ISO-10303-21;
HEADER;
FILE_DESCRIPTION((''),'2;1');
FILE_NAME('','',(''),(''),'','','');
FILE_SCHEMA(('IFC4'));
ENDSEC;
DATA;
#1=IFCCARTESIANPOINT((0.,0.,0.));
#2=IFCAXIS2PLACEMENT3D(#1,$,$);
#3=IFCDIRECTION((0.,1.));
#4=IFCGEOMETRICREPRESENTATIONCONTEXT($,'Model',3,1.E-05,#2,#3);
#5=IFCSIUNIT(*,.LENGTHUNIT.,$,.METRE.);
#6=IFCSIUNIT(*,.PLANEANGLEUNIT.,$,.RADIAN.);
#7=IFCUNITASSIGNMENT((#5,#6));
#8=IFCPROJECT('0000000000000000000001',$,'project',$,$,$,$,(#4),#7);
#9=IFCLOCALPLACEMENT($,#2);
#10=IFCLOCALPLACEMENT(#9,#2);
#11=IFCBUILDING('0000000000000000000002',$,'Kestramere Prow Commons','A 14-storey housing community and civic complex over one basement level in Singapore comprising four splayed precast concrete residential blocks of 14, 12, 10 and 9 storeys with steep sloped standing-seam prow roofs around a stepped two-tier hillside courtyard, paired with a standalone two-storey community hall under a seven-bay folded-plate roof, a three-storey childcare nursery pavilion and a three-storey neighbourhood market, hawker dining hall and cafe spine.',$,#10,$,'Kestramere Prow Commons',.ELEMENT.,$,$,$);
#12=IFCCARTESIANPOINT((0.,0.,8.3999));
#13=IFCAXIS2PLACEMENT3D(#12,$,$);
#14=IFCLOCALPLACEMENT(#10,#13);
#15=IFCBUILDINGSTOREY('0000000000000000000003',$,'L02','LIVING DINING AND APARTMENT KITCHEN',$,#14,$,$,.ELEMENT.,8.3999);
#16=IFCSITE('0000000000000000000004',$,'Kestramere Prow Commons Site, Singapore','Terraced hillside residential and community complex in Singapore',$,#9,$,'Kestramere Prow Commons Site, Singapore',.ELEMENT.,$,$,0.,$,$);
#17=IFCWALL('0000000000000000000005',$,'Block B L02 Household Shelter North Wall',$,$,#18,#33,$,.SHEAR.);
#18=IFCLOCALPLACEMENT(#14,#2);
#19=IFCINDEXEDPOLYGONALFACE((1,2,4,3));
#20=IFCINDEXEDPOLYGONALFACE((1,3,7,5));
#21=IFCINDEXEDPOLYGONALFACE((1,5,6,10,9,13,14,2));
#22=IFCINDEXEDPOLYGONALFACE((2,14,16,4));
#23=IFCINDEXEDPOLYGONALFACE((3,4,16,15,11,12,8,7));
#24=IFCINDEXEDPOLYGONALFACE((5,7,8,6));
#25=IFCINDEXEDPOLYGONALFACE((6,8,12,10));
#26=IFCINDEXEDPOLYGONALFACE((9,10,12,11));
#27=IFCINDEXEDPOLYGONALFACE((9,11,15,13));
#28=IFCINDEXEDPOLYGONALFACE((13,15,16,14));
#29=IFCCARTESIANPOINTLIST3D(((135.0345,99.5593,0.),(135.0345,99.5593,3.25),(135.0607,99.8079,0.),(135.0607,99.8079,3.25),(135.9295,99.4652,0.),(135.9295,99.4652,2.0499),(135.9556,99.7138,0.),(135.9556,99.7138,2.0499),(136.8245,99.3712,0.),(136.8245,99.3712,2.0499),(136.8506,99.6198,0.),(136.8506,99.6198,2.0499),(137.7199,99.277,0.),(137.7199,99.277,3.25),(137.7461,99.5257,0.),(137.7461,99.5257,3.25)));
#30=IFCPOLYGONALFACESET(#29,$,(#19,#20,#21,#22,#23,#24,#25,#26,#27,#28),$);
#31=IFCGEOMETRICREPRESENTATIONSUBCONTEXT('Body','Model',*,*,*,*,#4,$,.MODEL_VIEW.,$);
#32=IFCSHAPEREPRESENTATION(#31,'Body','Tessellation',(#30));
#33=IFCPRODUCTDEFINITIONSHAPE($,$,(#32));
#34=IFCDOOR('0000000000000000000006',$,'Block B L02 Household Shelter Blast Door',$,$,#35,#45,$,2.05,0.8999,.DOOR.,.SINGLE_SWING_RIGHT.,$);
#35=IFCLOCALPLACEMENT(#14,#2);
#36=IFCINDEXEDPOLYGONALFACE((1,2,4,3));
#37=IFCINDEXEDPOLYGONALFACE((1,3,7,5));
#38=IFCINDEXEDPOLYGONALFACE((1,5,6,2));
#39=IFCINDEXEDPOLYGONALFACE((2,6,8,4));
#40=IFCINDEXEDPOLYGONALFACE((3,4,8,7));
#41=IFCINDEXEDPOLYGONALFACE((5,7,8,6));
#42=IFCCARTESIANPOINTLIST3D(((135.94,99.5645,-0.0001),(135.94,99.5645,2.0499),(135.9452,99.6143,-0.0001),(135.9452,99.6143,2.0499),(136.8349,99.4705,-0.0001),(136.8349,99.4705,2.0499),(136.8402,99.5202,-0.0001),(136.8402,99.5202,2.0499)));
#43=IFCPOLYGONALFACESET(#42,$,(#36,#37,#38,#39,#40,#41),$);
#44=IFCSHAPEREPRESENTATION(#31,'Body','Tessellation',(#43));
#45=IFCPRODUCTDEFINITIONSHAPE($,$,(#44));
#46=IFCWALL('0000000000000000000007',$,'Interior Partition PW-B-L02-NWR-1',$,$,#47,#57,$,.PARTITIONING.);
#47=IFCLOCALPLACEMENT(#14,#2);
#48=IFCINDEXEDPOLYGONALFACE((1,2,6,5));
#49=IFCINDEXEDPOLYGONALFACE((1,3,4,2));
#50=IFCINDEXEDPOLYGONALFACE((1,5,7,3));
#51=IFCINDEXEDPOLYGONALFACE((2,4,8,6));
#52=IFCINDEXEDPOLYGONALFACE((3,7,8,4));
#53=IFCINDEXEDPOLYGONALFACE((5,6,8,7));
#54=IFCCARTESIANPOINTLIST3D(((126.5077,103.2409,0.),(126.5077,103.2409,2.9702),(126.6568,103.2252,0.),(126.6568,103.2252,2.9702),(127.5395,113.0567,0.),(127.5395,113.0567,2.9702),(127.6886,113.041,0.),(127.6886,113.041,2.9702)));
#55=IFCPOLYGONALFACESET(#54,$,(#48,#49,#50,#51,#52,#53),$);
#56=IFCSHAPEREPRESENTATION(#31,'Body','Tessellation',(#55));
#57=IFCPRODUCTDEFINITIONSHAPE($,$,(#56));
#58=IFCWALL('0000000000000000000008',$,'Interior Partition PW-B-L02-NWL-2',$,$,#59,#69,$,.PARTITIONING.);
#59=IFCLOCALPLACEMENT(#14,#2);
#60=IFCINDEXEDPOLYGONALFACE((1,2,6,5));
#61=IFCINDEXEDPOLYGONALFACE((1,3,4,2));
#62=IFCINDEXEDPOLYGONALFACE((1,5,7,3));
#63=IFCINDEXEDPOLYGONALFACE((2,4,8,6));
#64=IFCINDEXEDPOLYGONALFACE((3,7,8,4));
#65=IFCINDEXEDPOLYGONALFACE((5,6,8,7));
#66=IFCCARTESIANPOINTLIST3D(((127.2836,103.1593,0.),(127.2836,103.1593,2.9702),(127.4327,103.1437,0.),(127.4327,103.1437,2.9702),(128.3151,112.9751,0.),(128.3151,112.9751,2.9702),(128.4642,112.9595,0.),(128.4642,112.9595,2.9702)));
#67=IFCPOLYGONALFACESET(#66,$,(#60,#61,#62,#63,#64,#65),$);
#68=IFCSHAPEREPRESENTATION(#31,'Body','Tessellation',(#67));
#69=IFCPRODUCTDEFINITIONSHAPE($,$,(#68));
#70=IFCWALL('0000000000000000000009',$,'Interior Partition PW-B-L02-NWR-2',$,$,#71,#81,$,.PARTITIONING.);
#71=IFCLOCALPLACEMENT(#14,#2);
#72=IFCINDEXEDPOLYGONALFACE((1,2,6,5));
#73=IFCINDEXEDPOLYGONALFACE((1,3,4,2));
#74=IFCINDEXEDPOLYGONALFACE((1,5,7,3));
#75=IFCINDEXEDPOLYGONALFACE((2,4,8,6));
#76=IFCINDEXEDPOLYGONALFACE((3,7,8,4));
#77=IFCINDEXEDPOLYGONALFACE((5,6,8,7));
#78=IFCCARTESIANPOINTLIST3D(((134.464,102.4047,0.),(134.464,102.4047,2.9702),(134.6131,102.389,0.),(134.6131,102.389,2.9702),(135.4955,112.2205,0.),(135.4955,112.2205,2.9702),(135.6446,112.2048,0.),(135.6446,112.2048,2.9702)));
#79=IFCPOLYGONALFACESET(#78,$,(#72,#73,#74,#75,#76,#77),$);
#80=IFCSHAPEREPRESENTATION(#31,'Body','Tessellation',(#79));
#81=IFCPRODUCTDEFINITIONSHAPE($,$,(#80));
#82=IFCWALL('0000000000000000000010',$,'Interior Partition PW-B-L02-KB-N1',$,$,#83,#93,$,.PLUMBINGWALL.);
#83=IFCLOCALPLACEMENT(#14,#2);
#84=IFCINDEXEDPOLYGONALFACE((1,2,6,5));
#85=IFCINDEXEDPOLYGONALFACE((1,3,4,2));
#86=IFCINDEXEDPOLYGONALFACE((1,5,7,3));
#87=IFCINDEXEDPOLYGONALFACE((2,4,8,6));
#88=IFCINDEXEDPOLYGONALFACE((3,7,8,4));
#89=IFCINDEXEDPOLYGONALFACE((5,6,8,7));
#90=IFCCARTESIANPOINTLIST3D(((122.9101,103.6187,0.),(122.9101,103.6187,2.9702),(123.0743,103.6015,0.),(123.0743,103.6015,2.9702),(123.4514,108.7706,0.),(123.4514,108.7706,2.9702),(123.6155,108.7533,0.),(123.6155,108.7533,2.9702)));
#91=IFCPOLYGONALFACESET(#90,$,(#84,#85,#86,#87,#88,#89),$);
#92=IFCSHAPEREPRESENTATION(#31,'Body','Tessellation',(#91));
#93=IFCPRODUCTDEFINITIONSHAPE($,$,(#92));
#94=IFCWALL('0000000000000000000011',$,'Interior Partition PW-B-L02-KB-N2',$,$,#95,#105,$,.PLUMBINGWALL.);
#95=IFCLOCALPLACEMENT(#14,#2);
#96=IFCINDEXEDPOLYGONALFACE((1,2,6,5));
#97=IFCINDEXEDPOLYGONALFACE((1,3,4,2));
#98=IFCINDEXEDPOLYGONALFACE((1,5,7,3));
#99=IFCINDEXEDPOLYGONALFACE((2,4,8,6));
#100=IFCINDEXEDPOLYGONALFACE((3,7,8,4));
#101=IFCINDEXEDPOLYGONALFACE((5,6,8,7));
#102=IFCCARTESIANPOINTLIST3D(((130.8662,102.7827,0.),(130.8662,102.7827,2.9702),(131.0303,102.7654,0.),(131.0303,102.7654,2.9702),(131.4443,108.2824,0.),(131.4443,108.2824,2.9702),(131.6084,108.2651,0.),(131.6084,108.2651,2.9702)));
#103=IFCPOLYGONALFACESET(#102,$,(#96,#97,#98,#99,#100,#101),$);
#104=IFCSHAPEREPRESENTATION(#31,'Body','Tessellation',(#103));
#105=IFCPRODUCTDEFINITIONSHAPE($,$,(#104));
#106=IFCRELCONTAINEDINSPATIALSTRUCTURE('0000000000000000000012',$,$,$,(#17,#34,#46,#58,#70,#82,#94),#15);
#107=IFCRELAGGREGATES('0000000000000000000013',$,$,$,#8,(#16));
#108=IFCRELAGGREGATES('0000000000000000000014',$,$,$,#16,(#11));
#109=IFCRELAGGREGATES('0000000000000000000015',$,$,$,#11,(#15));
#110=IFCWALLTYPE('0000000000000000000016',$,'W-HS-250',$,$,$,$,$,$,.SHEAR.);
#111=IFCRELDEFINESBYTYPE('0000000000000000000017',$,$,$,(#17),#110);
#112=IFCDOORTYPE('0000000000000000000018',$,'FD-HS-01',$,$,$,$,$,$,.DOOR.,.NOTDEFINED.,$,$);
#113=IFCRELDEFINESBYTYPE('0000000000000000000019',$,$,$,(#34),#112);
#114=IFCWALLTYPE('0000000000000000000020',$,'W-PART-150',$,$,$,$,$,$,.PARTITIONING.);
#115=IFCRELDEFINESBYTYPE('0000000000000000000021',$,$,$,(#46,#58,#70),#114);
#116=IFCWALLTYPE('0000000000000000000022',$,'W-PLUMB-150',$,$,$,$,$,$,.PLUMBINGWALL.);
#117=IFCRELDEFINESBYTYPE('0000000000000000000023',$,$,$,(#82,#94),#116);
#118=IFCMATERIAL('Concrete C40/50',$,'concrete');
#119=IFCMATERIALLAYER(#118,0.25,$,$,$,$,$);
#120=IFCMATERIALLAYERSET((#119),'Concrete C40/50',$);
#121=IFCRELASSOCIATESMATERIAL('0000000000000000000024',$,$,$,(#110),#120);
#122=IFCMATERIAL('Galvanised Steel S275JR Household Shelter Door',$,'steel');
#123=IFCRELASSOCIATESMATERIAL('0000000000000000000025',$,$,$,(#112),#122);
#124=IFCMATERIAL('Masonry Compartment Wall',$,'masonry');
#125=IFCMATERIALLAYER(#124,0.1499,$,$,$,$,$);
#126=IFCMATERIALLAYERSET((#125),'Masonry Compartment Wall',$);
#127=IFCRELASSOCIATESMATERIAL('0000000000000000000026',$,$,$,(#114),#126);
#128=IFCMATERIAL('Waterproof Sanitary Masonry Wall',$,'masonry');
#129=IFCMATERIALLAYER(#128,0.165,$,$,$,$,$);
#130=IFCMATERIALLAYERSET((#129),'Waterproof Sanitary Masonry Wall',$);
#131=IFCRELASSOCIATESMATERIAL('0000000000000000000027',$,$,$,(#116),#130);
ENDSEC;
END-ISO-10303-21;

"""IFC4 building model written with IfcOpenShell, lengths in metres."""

from ifc_helpers import new_model, si_unit, direction, frame, frame_2d, origin, place, context, subcontext, project, spatial, rectangle, extrude, material, layer, layer_set, type_object, element, fill, save


model = new_model("IFC4")

# Units and contexts
model_context = context("Model", 3, precision=1e-05, world=origin(), true_north=direction((0.0, 1.0)))
body_context = subcontext(model_context, "Body", "Model", "MODEL_VIEW")
ifc_project = project(units=[si_unit("LENGTHUNIT", "METRE"), si_unit("PLANEANGLEUNIT", "RADIAN")], contexts=[model_context])

# Site, building, storey
site_placement = place(None, origin())
site = spatial("IfcSite", under=ifc_project, at=site_placement, Name="Kestramere Prow Commons Site, Singapore", Description="Terraced hillside residential and community complex in Singapore", LongName="Kestramere Prow Commons Site, Singapore", CompositionType="ELEMENT", RefElevation=0.0)
building_placement = place(site_placement, origin())
building = spatial("IfcBuilding", under=site, at=building_placement, Name="Kestramere Prow Commons", Description="A 14-storey housing community and civic complex over one basement level in Singapore comprising four splayed precast concrete residential blocks of 14, 12, 10 and 9 storeys with steep sloped standing-seam prow roofs around a stepped two-tier hillside courtyard, paired with a standalone two-storey community hall under a seven-bay folded-plate roof, a three-storey childcare nursery pavilion and a three-storey neighbourhood market, hawker dining hall and cafe spine.", LongName="Kestramere Prow Commons", CompositionType="ELEMENT")
storey_placement = place(building_placement, frame((0.0, 0.0, 8.3999)))
storey = spatial("IfcBuildingStorey", under=building, at=storey_placement, Name="L02", Description="LIVING DINING AND APARTMENT KITCHEN", CompositionType="ELEMENT", Elevation=8.3999)

# Wall, opening, door
ifc_material_1 = material(Name="Concrete C40/50", Category="concrete")
ifc_layer_1 = layer(ifc_material_1, 0.25)
ifc_layer_set_1 = layer_set([ifc_layer_1], Name="Concrete C40/50")
wall_type_1 = type_object("IfcWallType", Name="W-HS-250", PredefinedType="SHEAR", material=ifc_layer_set_1)
wall_1_placement = place(storey_placement, frame((135.0476, 99.6836, 0.0), z_axis=(0.0, 0.0, 1.0), x_axis=(0.994522, -0.104525, 0.0)))
wall_1 = element("IfcWall", 1, at=wall_1_placement, inside=storey, type_object=wall_type_1, Name="Block B L02 Household Shelter North Wall", PredefinedType="SHEAR", context=body_context, shape_type="SweptSolid", body=[
    extrude(rectangle(XDim=2.7002, YDim=0.25, at=frame_2d((1.3501, 0.0))), origin(), (0.0, 0.0, 1.0), 3.25),
])
opening_1_placement = place(wall_1_placement, frame((0.8999, 0.0, 0.0)))
opening_1 = element("IfcOpeningElement", 2, at=opening_1_placement, cuts=wall_1, PredefinedType="OPENING", context=body_context, shape_type="SweptSolid", body=[
    extrude(rectangle(XDim=0.8999, YDim=2.05, at=frame_2d((0.45, 1.0249))), frame((0.0, 0.1399, 0.0), z_axis=(0.0, -1.0, 0.0), x_axis=(1.0, 0.0, 0.0)), (0.0, 0.0, 1.0), 0.28),
])
ifc_material_2 = material(Name="Galvanised Steel S275JR Household Shelter Door", Category="steel")
door_type_1 = type_object("IfcDoorType", Name="FD-HS-01", OperationType="NOTDEFINED", PredefinedType="DOOR", material=ifc_material_2)
door_1_placement = place(opening_1_placement, origin())
door_1 = element("IfcDoor", 3, at=door_1_placement, inside=storey, type_object=door_type_1, Name="Block B L02 Household Shelter Blast Door", OperationType="SINGLE_SWING_RIGHT", OverallHeight=2.05, OverallWidth=0.8999, PredefinedType="DOOR", context=body_context, shape_type="SweptSolid", body=[
    extrude(rectangle(XDim=0.8999, YDim=2.05, at=frame_2d((0.45, 1.0249))), frame((0.0, 0.0249, 0.0), z_axis=(0.0, -1.0, 0.0), x_axis=(1.0, 0.0, 0.0)), (0.0, 0.0, 1.0), 0.05),
])
fill(opening_1, door_1)

# Walls
ifc_material_3 = material(Name="Masonry Compartment Wall", Category="masonry")
ifc_layer_2 = layer(ifc_material_3, 0.1499)
ifc_layer_set_2 = layer_set([ifc_layer_2], Name="Masonry Compartment Wall")
wall_type_2 = type_object("IfcWallType", Name="W-PART-150", PredefinedType="PARTITIONING", material=ifc_layer_set_2)
for number, where, z_axis, x_axis, name in (
    (4, (126.5823, 103.2329, 0.0), (0.0, 0.0, 1.0), (0.104533, 0.994521, 0.0), "Interior Partition PW-B-L02-NWR-1"),
    (5, (127.3582, 103.1514, 0.0), (0.0, 0.0, 1.0), (0.104508, 0.994524, 0.0), "Interior Partition PW-B-L02-NWL-2"),
    (6, (134.5386, 102.3967, 0.0), (0.0, 0.0, 1.0), (0.104508, 0.994524, 0.0), "Interior Partition PW-B-L02-NWR-2"),
):
    element("IfcWall", number, at=place(storey_placement, frame(where, z_axis=z_axis, x_axis=x_axis)), inside=storey, type_object=wall_type_2, Name=name, PredefinedType="PARTITIONING", context=body_context, shape_type="SweptSolid", body=[
        extrude(rectangle(XDim=9.8699, YDim=0.1499, at=frame_2d((4.9351, 0.0))), origin(), (0.0, 0.0, 1.0), 2.9702),
    ])
ifc_material_4 = material(Name="Waterproof Sanitary Masonry Wall", Category="masonry")
ifc_layer_3 = layer(ifc_material_4, 0.165)
ifc_layer_set_3 = layer_set([ifc_layer_3], Name="Waterproof Sanitary Masonry Wall")
wall_type_3 = type_object("IfcWallType", Name="W-PLUMB-150", PredefinedType="PLUMBINGWALL", material=ifc_layer_set_3)
wall_2_placement = place(storey_placement, frame((122.9922, 103.6101, 0.0), z_axis=(0.0, 0.0, 1.0), x_axis=(0.104486, 0.994526, 0.0)))
element("IfcWall", 7, at=wall_2_placement, inside=storey, type_object=wall_type_3, Name="Interior Partition PW-B-L02-KB-N1", PredefinedType="PLUMBINGWALL", context=body_context, shape_type="SweptSolid", body=[
    extrude(rectangle(XDim=5.1802, YDim=0.165, at=frame_2d((2.5901, 0.0))), origin(), (0.0, 0.0, 1.0), 2.9702),
])
wall_3_placement = place(storey_placement, frame((130.9482, 102.7739, 0.0), z_axis=(0.0, 0.0, 1.0), x_axis=(0.104542, 0.99452, 0.0)))
element("IfcWall", 8, at=wall_3_placement, inside=storey, type_object=wall_type_3, Name="Interior Partition PW-B-L02-KB-N2", PredefinedType="PLUMBINGWALL", context=body_context, shape_type="SweptSolid", body=[
    extrude(rectangle(XDim=5.53, YDim=0.165, at=frame_2d((2.7651, 0.0))), origin(), (0.0, 0.0, 1.0), 2.9702),
])

save(model, "model.ifc")
